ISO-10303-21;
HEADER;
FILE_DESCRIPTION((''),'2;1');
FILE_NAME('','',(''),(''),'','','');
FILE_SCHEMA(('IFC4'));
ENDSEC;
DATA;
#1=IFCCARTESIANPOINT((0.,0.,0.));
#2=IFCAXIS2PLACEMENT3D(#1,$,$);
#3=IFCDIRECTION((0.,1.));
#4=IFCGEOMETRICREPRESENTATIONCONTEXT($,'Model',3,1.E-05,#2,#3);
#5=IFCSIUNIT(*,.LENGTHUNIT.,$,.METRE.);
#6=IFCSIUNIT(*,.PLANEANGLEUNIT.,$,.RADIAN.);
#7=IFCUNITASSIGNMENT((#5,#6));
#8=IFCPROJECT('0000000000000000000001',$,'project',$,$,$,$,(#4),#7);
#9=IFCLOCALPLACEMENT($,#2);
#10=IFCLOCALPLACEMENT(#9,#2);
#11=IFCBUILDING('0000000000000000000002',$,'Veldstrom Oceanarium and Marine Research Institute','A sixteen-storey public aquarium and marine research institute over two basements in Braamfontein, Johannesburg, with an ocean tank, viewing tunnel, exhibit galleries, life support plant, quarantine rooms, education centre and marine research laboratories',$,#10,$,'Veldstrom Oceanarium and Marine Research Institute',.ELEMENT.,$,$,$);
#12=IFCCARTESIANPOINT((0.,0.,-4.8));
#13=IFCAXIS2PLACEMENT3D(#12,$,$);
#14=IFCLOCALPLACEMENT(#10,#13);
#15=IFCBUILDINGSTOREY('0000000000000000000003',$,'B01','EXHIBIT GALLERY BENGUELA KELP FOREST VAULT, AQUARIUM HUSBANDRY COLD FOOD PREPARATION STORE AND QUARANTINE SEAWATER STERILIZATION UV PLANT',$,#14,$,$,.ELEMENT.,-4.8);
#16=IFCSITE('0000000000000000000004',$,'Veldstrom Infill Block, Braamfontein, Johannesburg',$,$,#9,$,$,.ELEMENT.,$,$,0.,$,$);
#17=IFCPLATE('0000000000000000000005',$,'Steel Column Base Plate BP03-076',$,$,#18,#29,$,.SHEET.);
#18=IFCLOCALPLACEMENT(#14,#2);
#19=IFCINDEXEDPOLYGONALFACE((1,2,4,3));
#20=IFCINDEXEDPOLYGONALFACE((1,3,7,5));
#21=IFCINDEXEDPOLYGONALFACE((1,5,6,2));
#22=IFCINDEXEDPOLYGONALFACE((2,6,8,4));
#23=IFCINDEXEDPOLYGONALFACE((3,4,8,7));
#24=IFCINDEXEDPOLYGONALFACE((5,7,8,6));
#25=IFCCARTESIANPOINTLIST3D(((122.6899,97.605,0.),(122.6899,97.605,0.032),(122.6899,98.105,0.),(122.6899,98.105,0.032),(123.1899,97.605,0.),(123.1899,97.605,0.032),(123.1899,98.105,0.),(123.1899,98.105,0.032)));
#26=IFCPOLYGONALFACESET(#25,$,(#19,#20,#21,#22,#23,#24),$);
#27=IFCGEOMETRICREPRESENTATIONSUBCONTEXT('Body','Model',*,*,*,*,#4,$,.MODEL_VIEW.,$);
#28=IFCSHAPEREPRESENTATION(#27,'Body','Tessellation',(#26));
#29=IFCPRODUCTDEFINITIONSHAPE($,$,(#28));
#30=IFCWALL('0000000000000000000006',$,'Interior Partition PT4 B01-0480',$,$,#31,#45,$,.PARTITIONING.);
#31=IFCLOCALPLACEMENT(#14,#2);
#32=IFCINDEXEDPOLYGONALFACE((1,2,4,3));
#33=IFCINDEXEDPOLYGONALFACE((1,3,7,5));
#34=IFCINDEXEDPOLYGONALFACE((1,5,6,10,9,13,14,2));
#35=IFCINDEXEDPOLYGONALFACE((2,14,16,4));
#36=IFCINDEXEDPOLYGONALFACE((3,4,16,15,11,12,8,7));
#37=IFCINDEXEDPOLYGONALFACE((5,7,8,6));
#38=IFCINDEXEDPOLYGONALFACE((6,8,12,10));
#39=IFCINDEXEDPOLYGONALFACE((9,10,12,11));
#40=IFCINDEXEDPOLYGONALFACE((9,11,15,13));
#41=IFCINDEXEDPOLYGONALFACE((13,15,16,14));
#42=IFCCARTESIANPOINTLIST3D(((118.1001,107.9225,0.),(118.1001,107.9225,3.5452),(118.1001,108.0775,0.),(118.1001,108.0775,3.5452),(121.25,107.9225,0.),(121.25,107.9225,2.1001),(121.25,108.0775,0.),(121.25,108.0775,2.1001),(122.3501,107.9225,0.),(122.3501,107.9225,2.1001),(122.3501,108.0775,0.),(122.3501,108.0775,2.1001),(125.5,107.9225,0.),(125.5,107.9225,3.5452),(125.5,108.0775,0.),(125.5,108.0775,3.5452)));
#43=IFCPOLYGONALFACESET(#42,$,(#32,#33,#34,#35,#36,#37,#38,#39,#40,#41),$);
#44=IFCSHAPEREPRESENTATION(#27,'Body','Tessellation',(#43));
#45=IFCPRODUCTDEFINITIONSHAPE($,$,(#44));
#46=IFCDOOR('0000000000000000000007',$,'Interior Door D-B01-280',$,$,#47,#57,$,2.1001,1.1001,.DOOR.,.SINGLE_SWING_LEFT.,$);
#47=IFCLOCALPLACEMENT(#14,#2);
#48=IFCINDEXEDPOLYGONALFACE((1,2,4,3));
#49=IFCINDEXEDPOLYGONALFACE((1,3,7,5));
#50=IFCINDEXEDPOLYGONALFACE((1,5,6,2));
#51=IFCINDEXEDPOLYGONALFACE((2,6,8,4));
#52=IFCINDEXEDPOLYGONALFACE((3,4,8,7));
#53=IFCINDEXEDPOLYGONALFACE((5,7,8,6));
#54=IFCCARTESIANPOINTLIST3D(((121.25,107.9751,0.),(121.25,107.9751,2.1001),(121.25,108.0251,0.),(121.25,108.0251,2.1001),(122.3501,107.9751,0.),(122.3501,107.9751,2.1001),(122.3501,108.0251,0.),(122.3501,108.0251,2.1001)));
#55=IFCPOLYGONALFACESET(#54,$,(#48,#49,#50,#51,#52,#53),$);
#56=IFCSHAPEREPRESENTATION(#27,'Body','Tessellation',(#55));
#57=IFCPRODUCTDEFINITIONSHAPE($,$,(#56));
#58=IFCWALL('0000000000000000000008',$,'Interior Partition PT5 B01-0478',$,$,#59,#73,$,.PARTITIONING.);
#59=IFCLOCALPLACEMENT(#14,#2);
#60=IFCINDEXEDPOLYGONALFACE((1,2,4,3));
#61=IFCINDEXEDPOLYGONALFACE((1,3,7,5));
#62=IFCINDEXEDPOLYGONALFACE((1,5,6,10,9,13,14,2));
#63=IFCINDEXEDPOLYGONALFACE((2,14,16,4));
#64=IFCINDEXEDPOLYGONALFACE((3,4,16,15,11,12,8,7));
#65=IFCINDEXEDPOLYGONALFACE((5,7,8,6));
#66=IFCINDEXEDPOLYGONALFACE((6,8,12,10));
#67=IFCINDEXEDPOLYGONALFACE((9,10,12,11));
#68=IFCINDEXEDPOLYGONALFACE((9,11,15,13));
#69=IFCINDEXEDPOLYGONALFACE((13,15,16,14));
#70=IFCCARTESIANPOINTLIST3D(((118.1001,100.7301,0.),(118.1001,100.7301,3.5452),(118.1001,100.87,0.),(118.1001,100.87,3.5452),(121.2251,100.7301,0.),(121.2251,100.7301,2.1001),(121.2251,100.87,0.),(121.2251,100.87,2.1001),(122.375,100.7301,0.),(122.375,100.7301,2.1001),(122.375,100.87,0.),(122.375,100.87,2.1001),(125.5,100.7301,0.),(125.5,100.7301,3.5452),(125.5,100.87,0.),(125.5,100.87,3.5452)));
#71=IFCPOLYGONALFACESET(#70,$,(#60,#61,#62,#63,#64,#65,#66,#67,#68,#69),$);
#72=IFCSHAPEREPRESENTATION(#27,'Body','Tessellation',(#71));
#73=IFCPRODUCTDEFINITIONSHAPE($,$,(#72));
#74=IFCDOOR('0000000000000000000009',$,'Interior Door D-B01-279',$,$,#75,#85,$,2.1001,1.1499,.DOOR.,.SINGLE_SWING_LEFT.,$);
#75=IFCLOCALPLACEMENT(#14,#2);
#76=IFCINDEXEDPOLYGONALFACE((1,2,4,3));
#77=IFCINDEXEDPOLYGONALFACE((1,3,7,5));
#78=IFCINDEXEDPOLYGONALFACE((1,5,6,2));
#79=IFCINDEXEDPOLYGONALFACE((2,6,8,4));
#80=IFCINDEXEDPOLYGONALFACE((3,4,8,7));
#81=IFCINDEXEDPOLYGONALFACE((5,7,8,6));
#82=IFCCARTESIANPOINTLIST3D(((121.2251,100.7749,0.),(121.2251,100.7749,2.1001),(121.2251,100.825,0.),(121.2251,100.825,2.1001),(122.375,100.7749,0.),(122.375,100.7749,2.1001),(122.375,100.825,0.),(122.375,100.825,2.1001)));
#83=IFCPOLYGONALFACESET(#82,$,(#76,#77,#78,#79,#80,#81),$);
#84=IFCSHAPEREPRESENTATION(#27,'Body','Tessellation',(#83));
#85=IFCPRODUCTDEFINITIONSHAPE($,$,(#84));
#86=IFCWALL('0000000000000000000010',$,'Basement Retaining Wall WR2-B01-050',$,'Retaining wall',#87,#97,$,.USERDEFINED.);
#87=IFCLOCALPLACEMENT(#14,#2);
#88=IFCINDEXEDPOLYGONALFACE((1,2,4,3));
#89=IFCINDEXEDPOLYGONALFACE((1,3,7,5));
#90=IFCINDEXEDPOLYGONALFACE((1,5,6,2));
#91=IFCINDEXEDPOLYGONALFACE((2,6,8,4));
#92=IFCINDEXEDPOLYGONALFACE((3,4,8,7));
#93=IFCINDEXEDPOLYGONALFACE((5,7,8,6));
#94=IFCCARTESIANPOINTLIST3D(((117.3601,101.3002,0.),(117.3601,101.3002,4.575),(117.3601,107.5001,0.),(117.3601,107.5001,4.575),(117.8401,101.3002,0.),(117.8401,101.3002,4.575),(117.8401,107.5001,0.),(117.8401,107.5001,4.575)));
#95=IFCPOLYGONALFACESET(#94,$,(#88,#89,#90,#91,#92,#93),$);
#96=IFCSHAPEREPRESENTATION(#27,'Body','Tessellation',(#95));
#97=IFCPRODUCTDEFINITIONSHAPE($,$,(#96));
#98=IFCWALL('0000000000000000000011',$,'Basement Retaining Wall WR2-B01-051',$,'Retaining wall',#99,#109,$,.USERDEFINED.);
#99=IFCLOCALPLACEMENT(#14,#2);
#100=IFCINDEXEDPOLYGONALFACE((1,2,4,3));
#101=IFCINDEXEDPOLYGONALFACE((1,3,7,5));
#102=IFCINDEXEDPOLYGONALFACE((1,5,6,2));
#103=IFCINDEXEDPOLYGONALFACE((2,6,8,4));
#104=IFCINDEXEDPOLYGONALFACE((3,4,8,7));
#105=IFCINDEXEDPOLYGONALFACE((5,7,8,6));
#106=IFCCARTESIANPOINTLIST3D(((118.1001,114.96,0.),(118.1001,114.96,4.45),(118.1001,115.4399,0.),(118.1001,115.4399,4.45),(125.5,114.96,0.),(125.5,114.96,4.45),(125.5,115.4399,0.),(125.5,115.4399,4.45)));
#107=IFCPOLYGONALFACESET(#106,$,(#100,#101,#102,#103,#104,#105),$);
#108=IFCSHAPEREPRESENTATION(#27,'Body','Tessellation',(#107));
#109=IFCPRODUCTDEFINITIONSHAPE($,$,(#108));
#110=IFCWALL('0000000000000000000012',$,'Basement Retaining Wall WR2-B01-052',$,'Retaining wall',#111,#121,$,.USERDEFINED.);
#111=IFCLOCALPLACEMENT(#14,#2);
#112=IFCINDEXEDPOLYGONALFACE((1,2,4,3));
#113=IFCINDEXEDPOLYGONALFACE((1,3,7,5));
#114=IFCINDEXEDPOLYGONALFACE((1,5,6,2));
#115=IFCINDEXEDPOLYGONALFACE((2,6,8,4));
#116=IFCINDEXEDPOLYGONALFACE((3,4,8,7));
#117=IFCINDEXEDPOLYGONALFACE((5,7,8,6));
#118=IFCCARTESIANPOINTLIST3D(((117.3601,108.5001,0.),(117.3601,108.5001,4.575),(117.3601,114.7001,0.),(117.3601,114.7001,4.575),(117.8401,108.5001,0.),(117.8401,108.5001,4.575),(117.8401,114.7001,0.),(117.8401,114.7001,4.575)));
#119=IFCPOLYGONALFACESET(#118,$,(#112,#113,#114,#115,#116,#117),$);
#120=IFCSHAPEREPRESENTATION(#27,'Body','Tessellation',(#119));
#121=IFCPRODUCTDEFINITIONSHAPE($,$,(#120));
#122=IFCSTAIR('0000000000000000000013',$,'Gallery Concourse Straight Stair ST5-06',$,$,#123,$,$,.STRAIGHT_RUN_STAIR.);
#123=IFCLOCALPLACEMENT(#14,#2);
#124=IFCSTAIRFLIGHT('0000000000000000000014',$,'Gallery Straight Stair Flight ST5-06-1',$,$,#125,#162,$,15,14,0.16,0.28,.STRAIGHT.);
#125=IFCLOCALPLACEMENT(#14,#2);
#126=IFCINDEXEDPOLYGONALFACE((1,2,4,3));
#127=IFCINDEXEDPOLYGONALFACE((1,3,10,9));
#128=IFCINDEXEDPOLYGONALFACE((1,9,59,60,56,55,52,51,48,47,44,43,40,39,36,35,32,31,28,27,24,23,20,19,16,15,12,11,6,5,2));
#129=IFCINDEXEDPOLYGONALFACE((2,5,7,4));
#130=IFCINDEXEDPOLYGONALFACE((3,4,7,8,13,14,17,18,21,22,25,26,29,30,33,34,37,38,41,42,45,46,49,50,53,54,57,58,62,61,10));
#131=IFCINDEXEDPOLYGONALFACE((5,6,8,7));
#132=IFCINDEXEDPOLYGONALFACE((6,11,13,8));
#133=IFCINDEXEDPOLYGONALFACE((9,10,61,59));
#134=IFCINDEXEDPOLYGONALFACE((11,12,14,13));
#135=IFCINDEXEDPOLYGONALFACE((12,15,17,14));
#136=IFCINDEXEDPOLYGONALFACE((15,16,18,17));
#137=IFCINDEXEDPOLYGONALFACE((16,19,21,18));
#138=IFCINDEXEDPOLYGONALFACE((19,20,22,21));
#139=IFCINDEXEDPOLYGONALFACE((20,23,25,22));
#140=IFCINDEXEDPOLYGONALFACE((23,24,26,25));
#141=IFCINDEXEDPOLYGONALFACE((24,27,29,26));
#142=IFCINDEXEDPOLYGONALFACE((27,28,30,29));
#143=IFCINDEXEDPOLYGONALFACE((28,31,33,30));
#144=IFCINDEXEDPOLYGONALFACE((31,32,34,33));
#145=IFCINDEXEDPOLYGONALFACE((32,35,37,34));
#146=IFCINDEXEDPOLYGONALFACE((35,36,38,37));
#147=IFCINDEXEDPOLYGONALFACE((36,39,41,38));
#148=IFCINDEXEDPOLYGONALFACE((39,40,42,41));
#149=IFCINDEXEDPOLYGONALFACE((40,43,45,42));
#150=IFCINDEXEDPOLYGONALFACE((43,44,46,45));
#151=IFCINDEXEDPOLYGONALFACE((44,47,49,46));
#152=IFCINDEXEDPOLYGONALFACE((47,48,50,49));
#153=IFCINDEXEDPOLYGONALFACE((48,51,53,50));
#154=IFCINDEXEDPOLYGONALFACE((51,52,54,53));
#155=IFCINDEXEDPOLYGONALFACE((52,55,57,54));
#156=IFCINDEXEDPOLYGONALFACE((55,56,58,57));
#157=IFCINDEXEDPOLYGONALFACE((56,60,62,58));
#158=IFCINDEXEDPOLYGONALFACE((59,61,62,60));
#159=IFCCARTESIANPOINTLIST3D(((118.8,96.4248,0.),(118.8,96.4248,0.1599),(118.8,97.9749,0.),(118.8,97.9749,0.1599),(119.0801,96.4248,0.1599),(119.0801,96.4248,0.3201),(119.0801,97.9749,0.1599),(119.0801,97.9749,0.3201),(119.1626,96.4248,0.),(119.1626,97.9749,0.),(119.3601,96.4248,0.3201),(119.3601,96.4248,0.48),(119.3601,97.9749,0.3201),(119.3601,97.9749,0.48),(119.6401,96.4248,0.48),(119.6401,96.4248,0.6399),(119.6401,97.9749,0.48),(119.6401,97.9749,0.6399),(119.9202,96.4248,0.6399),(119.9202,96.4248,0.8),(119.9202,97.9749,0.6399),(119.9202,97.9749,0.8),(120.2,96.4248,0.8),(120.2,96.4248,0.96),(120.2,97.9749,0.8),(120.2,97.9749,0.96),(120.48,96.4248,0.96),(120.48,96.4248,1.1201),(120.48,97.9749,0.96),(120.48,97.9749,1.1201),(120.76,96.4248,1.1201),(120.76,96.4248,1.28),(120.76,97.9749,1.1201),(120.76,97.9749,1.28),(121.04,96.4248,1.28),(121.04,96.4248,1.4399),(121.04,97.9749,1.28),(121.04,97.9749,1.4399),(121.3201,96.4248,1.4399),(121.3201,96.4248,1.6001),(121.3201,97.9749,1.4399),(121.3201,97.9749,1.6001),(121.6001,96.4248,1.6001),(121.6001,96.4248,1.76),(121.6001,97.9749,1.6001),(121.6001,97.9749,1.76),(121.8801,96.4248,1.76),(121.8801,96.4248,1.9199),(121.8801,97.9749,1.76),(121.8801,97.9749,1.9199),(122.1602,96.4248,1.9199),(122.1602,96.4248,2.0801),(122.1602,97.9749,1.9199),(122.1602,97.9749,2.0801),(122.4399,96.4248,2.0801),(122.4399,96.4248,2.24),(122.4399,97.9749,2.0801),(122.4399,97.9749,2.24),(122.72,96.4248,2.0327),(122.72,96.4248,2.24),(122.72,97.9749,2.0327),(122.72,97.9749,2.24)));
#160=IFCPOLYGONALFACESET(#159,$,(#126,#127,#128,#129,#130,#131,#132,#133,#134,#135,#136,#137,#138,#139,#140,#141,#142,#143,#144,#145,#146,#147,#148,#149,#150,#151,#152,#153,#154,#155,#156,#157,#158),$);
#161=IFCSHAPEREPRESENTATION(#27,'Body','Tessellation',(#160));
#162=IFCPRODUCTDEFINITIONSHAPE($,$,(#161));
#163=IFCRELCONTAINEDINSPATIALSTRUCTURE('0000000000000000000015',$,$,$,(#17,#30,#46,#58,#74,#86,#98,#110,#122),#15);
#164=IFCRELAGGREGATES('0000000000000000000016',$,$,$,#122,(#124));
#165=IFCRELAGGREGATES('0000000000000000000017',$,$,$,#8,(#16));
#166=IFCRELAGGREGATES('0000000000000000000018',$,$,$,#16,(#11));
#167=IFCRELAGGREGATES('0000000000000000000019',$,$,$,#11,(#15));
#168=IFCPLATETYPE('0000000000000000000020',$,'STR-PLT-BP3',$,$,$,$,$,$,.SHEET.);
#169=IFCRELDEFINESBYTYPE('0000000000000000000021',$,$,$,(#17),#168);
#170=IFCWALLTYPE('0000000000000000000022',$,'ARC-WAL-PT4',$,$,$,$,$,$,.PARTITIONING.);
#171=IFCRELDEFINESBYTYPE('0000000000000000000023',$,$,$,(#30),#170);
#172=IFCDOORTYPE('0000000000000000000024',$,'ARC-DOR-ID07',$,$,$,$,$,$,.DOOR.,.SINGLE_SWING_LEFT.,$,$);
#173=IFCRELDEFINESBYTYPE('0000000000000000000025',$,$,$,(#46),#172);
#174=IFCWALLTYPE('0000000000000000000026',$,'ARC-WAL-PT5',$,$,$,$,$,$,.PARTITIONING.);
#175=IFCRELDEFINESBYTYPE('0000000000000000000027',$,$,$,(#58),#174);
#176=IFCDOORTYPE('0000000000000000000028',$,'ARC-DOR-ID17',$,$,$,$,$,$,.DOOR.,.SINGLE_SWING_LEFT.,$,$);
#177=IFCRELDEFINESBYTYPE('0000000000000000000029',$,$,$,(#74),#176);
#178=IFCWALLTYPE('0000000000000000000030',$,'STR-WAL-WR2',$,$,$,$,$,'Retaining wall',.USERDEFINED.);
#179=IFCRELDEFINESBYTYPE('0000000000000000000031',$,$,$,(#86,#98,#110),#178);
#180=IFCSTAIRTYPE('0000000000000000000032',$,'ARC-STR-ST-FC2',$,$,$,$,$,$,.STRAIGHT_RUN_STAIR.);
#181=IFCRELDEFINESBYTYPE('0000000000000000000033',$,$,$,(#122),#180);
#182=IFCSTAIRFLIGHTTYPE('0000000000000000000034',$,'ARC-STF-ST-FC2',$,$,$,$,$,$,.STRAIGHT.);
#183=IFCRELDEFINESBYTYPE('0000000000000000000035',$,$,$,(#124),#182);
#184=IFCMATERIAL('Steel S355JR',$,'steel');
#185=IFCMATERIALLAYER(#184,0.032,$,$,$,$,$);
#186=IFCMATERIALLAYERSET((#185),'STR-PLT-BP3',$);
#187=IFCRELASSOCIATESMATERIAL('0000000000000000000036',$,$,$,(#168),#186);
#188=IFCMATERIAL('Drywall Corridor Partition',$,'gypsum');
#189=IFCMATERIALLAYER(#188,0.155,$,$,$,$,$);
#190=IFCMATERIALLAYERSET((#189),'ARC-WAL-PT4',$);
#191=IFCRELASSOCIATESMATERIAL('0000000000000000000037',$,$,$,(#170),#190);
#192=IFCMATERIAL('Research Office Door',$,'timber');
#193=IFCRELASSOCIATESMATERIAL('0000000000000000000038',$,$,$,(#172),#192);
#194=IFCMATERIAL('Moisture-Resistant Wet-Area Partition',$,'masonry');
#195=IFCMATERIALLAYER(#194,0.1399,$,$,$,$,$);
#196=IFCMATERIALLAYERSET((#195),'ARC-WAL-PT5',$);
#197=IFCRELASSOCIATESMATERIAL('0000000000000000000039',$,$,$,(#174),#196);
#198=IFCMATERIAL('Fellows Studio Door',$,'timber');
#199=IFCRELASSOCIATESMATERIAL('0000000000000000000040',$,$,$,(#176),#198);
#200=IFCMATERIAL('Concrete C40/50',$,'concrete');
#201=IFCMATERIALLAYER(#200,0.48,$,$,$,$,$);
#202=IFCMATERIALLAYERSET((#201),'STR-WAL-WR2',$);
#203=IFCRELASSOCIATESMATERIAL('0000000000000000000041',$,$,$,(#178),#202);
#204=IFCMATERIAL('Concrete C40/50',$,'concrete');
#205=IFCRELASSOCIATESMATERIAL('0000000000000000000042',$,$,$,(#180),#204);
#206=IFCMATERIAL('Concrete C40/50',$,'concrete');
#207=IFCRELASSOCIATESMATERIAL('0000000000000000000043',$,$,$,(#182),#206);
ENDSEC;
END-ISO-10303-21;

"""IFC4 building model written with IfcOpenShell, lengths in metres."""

from ifc_helpers import new_model, si_unit, direction, frame, frame_2d, origin, origin_2d, place, context, subcontext, project, spatial, polyline, rectangle, outline, extrude, material, layer, layer_set, type_object, element, fill, aggregate, save


model = new_model("IFC4")

# Units and contexts
model_context = context("Model", 3, precision=1e-05, world=origin(), true_north=direction((0.0, 1.0)))
body_context = subcontext(model_context, "Body", "Model", "MODEL_VIEW")
ifc_project = project(units=[si_unit("LENGTHUNIT", "METRE"), si_unit("PLANEANGLEUNIT", "RADIAN")], contexts=[model_context])

# Site, building, storey
site_placement = place(None, origin())
site = spatial("IfcSite", under=ifc_project, at=site_placement, Name="Veldstrom Infill Block, Braamfontein, Johannesburg", CompositionType="ELEMENT", RefElevation=0.0)
building_placement = place(site_placement, origin())
building = spatial("IfcBuilding", under=site, at=building_placement, Name="Veldstrom Oceanarium and Marine Research Institute", Description="A sixteen-storey public aquarium and marine research institute over two basements in Braamfontein, Johannesburg, with an ocean tank, viewing tunnel, exhibit galleries, life support plant, quarantine rooms, education centre and marine research laboratories", LongName="Veldstrom Oceanarium and Marine Research Institute", CompositionType="ELEMENT")
storey_placement = place(building_placement, frame((0.0, 0.0, -4.8)))
storey = spatial("IfcBuildingStorey", under=building, at=storey_placement, Name="B01", Description="EXHIBIT GALLERY BENGUELA KELP FOREST VAULT, AQUARIUM HUSBANDRY COLD FOOD PREPARATION STORE AND QUARANTINE SEAWATER STERILIZATION UV PLANT", CompositionType="ELEMENT", Elevation=-4.8)

# Plate
ifc_material_1 = material(Name="Steel S355JR", Category="steel")
ifc_layer_1 = layer(ifc_material_1, 0.032)
ifc_layer_set_1 = layer_set([ifc_layer_1], Name="STR-PLT-BP3")
plate_type_1 = type_object("IfcPlateType", Name="STR-PLT-BP3", PredefinedType="SHEET", material=ifc_layer_set_1)
plate_1_placement = place(storey_placement, frame((122.9399, 97.855, 0.0), z_axis=(0.0, 0.0, 1.0), x_axis=(1.0, 0.0, 0.0)))
element("IfcPlate", 1, at=plate_1_placement, inside=storey, type_object=plate_type_1, Name="Steel Column Base Plate BP03-076", PredefinedType="SHEET", context=body_context, shape_type="SweptSolid", body=[
    extrude(rectangle(XDim=0.5, YDim=0.5, at=origin_2d()), origin(), (0.0, 0.0, 1.0), 0.032),
])

# Walls, openings, doors
ifc_material_2 = material(Name="Drywall Corridor Partition", Category="gypsum")
ifc_layer_2 = layer(ifc_material_2, 0.155)
ifc_layer_set_2 = layer_set([ifc_layer_2], Name="ARC-WAL-PT4")
wall_type_1 = type_object("IfcWallType", Name="ARC-WAL-PT4", PredefinedType="PARTITIONING", material=ifc_layer_set_2)
wall_1_placement = place(storey_placement, frame((118.1001, 108.0, 0.0), z_axis=(0.0, 0.0, 1.0), x_axis=(1.0, 0.0, 0.0)))
wall_1 = element("IfcWall", 2, at=wall_1_placement, inside=storey, type_object=wall_type_1, Name="Interior Partition PT4 B01-0480", PredefinedType="PARTITIONING", context=body_context, shape_type="SweptSolid", body=[
    extrude(rectangle(XDim=7.3999, YDim=0.155, at=frame_2d((3.7, 0.0))), origin(), (0.0, 0.0, 1.0), 3.5452),
])
opening_1_placement = place(wall_1_placement, frame((3.1499, 0.0, 0.0)))
opening_1 = element("IfcOpeningElement", 3, at=opening_1_placement, cuts=wall_1, PredefinedType="OPENING", context=body_context, shape_type="SweptSolid", body=[
    extrude(rectangle(XDim=1.1001, YDim=2.1001, at=frame_2d((0.55, 1.05))), frame((0.0, 0.0874, 0.0), z_axis=(0.0, -1.0, 0.0), x_axis=(1.0, 0.0, 0.0)), (0.0, 0.0, 1.0), 0.175),
])
ifc_material_3 = material(Name="Research Office Door", Category="timber")
door_type_1 = type_object("IfcDoorType", Name="ARC-DOR-ID07", OperationType="SINGLE_SWING_LEFT", PredefinedType="DOOR", material=ifc_material_3)
door_1_placement = place(opening_1_placement, frame((1.1001, 0.0, 0.0), z_axis=(0.0, 0.0, 1.0), x_axis=(-1.0, 0.0, 0.0)))
door_1 = element("IfcDoor", 4, at=door_1_placement, inside=storey, type_object=door_type_1, Name="Interior Door D-B01-280", OperationType="SINGLE_SWING_LEFT", OverallHeight=2.1001, OverallWidth=1.1001, PredefinedType="DOOR", context=body_context, shape_type="SweptSolid", body=[
    extrude(rectangle(XDim=1.1001, YDim=2.1001, at=frame_2d((0.55, 1.05))), frame((0.0, 0.0249, 0.0), z_axis=(0.0, -1.0, 0.0), x_axis=(1.0, 0.0, 0.0)), (0.0, 0.0, 1.0), 0.05),
])
fill(opening_1, door_1)
ifc_material_4 = material(Name="Moisture-Resistant Wet-Area Partition", Category="masonry")
ifc_layer_3 = layer(ifc_material_4, 0.1399)
ifc_layer_set_3 = layer_set([ifc_layer_3], Name="ARC-WAL-PT5")
wall_type_2 = type_object("IfcWallType", Name="ARC-WAL-PT5", PredefinedType="PARTITIONING", material=ifc_layer_set_3)
wall_2_placement = place(storey_placement, frame((118.1001, 100.8, 0.0), z_axis=(0.0, 0.0, 1.0), x_axis=(1.0, 0.0, 0.0)))
wall_2 = element("IfcWall", 5, at=wall_2_placement, inside=storey, type_object=wall_type_2, Name="Interior Partition PT5 B01-0478", PredefinedType="PARTITIONING", context=body_context, shape_type="SweptSolid", body=[
    extrude(rectangle(XDim=7.3999, YDim=0.1399, at=frame_2d((3.7, 0.0))), origin(), (0.0, 0.0, 1.0), 3.5452),
])
opening_2_placement = place(wall_2_placement, frame((3.125, 0.0, 0.0)))
opening_2 = element("IfcOpeningElement", 6, at=opening_2_placement, cuts=wall_2, PredefinedType="OPENING", context=body_context, shape_type="SweptSolid", body=[
    extrude(rectangle(XDim=1.1499, YDim=2.1001, at=frame_2d((0.575, 1.05))), frame((0.0, 0.0798, 0.0), z_axis=(0.0, -1.0, 0.0), x_axis=(1.0, 0.0, 0.0)), (0.0, 0.0, 1.0), 0.1599),
])
ifc_material_5 = material(Name="Fellows Studio Door", Category="timber")
door_type_2 = type_object("IfcDoorType", Name="ARC-DOR-ID17", OperationType="SINGLE_SWING_LEFT", PredefinedType="DOOR", material=ifc_material_5)
door_2_placement = place(opening_2_placement, origin())
door_2 = element("IfcDoor", 7, at=door_2_placement, inside=storey, type_object=door_type_2, Name="Interior Door D-B01-279", OperationType="SINGLE_SWING_LEFT", OverallHeight=2.1001, OverallWidth=1.1499, PredefinedType="DOOR", context=body_context, shape_type="SweptSolid", body=[
    extrude(rectangle(XDim=1.1499, YDim=2.1001, at=frame_2d((0.575, 1.05))), frame((0.0, 0.0249, 0.0), z_axis=(0.0, -1.0, 0.0), x_axis=(1.0, 0.0, 0.0)), (0.0, 0.0, 1.0), 0.05),
])
fill(opening_2, door_2)

# Walls
ifc_material_6 = material(Name="Concrete C40/50", Category="concrete")
ifc_layer_4 = layer(ifc_material_6, 0.48)
ifc_layer_set_4 = layer_set([ifc_layer_4], Name="STR-WAL-WR2")
wall_type_3 = type_object("IfcWallType", Name="STR-WAL-WR2", ElementType="Retaining wall", PredefinedType="USERDEFINED", material=ifc_layer_set_4)
wall_3_placement = place(storey_placement, frame((117.6001, 101.3, 0.0), z_axis=(0.0, 0.0, 1.0), x_axis=(0.0, 1.0, 0.0)))
element("IfcWall", 8, at=wall_3_placement, inside=storey, type_object=wall_type_3, Name="Basement Retaining Wall WR2-B01-050", ObjectType="Retaining wall", PredefinedType="USERDEFINED", context=body_context, shape_type="SweptSolid", body=[
    extrude(rectangle(XDim=6.2, YDim=0.48, at=frame_2d((3.1001, 0.0))), origin(), (0.0, 0.0, 1.0), 4.575),
])
wall_4_placement = place(storey_placement, frame((118.1001, 115.2, 0.0), z_axis=(0.0, 0.0, 1.0), x_axis=(1.0, 0.0, 0.0)))
element("IfcWall", 9, at=wall_4_placement, inside=storey, type_object=wall_type_3, Name="Basement Retaining Wall WR2-B01-051", ObjectType="Retaining wall", PredefinedType="USERDEFINED", context=body_context, shape_type="SweptSolid", body=[
    extrude(rectangle(XDim=7.3999, YDim=0.48, at=frame_2d((3.7, 0.0))), origin(), (0.0, 0.0, 1.0), 4.45),
])
wall_5_placement = place(storey_placement, frame((117.6001, 108.5, 0.0), z_axis=(0.0, 0.0, 1.0), x_axis=(0.0, 1.0, 0.0)))
element("IfcWall", 10, at=wall_5_placement, inside=storey, type_object=wall_type_3, Name="Basement Retaining Wall WR2-B01-052", ObjectType="Retaining wall", PredefinedType="USERDEFINED", context=body_context, shape_type="SweptSolid", body=[
    extrude(rectangle(XDim=6.2, YDim=0.48, at=frame_2d((3.1001, 0.0))), origin(), (0.0, 0.0, 1.0), 4.575),
])

# Stair, stair flight
ifc_material_7 = material(Name="Concrete C40/50", Category="concrete")
stair_type = type_object("IfcStairType", Name="ARC-STR-ST-FC2", PredefinedType="STRAIGHT_RUN_STAIR", material=ifc_material_7)
stair_placement = place(storey_placement, origin())
stair = element("IfcStair", 11, at=stair_placement, inside=storey, type_object=stair_type, Name="Gallery Concourse Straight Stair ST5-06", PredefinedType="STRAIGHT_RUN_STAIR")
ifc_material_8 = material(Name="Concrete C40/50", Category="concrete")
stair_flight_type = type_object("IfcStairFlightType", Name="ARC-STF-ST-FC2", PredefinedType="STRAIGHT", material=ifc_material_8)
stair_flight_1_placement = place(storey_placement, frame((118.8, 97.2, 0.0), z_axis=(0.0, 0.0, 1.0), x_axis=(1.0, 0.0, 0.0)))
stair_flight_1 = element("IfcStairFlight", 12, at=stair_flight_1_placement, type_object=stair_flight_type, Name="Gallery Straight Stair Flight ST5-06-1", NumberOfRisers=15, NumberOfTreads=14, PredefinedType="STRAIGHT", RiserHeight=0.16, TreadLength=0.28, context=body_context, shape_type="SweptSolid", body=[
    extrude(outline(polyline([(0.0, 0.0), (0.0, 0.1599), (0.28, 0.1599), (0.28, 0.3201), (0.5601, 0.3201), (0.5601, 0.48), (0.8401, 0.48), (0.8401, 0.6399), (1.1201, 0.6399), (1.1201, 0.8), (1.3999, 0.8), (1.3999, 0.96), (1.6799, 0.96), (1.6799, 1.1201), (1.96, 1.1201), (1.96, 1.28), (2.24, 1.28), (2.24, 1.4399), (2.52, 1.4399), (2.52, 1.6001), (2.8, 1.6001), (2.8, 1.76), (3.0801, 1.76), (3.0801, 1.9199), (3.3601, 1.9199), (3.3601, 2.0801), (3.6399, 2.0801), (3.6399, 2.24), (3.9199, 2.24), (3.9199, 2.3999), (3.9199, 2.0327), (0.3625, 0.0), (0.0, 0.0)])), frame((0.0, 0.7749, 0.0), z_axis=(0.0, -1.0, 0.0), x_axis=(1.0, 0.0, 0.0)), (0.0, 0.0, 1.0), 1.55),
])
aggregate(stair, [stair_flight_1])

save(model, "model.ifc")
